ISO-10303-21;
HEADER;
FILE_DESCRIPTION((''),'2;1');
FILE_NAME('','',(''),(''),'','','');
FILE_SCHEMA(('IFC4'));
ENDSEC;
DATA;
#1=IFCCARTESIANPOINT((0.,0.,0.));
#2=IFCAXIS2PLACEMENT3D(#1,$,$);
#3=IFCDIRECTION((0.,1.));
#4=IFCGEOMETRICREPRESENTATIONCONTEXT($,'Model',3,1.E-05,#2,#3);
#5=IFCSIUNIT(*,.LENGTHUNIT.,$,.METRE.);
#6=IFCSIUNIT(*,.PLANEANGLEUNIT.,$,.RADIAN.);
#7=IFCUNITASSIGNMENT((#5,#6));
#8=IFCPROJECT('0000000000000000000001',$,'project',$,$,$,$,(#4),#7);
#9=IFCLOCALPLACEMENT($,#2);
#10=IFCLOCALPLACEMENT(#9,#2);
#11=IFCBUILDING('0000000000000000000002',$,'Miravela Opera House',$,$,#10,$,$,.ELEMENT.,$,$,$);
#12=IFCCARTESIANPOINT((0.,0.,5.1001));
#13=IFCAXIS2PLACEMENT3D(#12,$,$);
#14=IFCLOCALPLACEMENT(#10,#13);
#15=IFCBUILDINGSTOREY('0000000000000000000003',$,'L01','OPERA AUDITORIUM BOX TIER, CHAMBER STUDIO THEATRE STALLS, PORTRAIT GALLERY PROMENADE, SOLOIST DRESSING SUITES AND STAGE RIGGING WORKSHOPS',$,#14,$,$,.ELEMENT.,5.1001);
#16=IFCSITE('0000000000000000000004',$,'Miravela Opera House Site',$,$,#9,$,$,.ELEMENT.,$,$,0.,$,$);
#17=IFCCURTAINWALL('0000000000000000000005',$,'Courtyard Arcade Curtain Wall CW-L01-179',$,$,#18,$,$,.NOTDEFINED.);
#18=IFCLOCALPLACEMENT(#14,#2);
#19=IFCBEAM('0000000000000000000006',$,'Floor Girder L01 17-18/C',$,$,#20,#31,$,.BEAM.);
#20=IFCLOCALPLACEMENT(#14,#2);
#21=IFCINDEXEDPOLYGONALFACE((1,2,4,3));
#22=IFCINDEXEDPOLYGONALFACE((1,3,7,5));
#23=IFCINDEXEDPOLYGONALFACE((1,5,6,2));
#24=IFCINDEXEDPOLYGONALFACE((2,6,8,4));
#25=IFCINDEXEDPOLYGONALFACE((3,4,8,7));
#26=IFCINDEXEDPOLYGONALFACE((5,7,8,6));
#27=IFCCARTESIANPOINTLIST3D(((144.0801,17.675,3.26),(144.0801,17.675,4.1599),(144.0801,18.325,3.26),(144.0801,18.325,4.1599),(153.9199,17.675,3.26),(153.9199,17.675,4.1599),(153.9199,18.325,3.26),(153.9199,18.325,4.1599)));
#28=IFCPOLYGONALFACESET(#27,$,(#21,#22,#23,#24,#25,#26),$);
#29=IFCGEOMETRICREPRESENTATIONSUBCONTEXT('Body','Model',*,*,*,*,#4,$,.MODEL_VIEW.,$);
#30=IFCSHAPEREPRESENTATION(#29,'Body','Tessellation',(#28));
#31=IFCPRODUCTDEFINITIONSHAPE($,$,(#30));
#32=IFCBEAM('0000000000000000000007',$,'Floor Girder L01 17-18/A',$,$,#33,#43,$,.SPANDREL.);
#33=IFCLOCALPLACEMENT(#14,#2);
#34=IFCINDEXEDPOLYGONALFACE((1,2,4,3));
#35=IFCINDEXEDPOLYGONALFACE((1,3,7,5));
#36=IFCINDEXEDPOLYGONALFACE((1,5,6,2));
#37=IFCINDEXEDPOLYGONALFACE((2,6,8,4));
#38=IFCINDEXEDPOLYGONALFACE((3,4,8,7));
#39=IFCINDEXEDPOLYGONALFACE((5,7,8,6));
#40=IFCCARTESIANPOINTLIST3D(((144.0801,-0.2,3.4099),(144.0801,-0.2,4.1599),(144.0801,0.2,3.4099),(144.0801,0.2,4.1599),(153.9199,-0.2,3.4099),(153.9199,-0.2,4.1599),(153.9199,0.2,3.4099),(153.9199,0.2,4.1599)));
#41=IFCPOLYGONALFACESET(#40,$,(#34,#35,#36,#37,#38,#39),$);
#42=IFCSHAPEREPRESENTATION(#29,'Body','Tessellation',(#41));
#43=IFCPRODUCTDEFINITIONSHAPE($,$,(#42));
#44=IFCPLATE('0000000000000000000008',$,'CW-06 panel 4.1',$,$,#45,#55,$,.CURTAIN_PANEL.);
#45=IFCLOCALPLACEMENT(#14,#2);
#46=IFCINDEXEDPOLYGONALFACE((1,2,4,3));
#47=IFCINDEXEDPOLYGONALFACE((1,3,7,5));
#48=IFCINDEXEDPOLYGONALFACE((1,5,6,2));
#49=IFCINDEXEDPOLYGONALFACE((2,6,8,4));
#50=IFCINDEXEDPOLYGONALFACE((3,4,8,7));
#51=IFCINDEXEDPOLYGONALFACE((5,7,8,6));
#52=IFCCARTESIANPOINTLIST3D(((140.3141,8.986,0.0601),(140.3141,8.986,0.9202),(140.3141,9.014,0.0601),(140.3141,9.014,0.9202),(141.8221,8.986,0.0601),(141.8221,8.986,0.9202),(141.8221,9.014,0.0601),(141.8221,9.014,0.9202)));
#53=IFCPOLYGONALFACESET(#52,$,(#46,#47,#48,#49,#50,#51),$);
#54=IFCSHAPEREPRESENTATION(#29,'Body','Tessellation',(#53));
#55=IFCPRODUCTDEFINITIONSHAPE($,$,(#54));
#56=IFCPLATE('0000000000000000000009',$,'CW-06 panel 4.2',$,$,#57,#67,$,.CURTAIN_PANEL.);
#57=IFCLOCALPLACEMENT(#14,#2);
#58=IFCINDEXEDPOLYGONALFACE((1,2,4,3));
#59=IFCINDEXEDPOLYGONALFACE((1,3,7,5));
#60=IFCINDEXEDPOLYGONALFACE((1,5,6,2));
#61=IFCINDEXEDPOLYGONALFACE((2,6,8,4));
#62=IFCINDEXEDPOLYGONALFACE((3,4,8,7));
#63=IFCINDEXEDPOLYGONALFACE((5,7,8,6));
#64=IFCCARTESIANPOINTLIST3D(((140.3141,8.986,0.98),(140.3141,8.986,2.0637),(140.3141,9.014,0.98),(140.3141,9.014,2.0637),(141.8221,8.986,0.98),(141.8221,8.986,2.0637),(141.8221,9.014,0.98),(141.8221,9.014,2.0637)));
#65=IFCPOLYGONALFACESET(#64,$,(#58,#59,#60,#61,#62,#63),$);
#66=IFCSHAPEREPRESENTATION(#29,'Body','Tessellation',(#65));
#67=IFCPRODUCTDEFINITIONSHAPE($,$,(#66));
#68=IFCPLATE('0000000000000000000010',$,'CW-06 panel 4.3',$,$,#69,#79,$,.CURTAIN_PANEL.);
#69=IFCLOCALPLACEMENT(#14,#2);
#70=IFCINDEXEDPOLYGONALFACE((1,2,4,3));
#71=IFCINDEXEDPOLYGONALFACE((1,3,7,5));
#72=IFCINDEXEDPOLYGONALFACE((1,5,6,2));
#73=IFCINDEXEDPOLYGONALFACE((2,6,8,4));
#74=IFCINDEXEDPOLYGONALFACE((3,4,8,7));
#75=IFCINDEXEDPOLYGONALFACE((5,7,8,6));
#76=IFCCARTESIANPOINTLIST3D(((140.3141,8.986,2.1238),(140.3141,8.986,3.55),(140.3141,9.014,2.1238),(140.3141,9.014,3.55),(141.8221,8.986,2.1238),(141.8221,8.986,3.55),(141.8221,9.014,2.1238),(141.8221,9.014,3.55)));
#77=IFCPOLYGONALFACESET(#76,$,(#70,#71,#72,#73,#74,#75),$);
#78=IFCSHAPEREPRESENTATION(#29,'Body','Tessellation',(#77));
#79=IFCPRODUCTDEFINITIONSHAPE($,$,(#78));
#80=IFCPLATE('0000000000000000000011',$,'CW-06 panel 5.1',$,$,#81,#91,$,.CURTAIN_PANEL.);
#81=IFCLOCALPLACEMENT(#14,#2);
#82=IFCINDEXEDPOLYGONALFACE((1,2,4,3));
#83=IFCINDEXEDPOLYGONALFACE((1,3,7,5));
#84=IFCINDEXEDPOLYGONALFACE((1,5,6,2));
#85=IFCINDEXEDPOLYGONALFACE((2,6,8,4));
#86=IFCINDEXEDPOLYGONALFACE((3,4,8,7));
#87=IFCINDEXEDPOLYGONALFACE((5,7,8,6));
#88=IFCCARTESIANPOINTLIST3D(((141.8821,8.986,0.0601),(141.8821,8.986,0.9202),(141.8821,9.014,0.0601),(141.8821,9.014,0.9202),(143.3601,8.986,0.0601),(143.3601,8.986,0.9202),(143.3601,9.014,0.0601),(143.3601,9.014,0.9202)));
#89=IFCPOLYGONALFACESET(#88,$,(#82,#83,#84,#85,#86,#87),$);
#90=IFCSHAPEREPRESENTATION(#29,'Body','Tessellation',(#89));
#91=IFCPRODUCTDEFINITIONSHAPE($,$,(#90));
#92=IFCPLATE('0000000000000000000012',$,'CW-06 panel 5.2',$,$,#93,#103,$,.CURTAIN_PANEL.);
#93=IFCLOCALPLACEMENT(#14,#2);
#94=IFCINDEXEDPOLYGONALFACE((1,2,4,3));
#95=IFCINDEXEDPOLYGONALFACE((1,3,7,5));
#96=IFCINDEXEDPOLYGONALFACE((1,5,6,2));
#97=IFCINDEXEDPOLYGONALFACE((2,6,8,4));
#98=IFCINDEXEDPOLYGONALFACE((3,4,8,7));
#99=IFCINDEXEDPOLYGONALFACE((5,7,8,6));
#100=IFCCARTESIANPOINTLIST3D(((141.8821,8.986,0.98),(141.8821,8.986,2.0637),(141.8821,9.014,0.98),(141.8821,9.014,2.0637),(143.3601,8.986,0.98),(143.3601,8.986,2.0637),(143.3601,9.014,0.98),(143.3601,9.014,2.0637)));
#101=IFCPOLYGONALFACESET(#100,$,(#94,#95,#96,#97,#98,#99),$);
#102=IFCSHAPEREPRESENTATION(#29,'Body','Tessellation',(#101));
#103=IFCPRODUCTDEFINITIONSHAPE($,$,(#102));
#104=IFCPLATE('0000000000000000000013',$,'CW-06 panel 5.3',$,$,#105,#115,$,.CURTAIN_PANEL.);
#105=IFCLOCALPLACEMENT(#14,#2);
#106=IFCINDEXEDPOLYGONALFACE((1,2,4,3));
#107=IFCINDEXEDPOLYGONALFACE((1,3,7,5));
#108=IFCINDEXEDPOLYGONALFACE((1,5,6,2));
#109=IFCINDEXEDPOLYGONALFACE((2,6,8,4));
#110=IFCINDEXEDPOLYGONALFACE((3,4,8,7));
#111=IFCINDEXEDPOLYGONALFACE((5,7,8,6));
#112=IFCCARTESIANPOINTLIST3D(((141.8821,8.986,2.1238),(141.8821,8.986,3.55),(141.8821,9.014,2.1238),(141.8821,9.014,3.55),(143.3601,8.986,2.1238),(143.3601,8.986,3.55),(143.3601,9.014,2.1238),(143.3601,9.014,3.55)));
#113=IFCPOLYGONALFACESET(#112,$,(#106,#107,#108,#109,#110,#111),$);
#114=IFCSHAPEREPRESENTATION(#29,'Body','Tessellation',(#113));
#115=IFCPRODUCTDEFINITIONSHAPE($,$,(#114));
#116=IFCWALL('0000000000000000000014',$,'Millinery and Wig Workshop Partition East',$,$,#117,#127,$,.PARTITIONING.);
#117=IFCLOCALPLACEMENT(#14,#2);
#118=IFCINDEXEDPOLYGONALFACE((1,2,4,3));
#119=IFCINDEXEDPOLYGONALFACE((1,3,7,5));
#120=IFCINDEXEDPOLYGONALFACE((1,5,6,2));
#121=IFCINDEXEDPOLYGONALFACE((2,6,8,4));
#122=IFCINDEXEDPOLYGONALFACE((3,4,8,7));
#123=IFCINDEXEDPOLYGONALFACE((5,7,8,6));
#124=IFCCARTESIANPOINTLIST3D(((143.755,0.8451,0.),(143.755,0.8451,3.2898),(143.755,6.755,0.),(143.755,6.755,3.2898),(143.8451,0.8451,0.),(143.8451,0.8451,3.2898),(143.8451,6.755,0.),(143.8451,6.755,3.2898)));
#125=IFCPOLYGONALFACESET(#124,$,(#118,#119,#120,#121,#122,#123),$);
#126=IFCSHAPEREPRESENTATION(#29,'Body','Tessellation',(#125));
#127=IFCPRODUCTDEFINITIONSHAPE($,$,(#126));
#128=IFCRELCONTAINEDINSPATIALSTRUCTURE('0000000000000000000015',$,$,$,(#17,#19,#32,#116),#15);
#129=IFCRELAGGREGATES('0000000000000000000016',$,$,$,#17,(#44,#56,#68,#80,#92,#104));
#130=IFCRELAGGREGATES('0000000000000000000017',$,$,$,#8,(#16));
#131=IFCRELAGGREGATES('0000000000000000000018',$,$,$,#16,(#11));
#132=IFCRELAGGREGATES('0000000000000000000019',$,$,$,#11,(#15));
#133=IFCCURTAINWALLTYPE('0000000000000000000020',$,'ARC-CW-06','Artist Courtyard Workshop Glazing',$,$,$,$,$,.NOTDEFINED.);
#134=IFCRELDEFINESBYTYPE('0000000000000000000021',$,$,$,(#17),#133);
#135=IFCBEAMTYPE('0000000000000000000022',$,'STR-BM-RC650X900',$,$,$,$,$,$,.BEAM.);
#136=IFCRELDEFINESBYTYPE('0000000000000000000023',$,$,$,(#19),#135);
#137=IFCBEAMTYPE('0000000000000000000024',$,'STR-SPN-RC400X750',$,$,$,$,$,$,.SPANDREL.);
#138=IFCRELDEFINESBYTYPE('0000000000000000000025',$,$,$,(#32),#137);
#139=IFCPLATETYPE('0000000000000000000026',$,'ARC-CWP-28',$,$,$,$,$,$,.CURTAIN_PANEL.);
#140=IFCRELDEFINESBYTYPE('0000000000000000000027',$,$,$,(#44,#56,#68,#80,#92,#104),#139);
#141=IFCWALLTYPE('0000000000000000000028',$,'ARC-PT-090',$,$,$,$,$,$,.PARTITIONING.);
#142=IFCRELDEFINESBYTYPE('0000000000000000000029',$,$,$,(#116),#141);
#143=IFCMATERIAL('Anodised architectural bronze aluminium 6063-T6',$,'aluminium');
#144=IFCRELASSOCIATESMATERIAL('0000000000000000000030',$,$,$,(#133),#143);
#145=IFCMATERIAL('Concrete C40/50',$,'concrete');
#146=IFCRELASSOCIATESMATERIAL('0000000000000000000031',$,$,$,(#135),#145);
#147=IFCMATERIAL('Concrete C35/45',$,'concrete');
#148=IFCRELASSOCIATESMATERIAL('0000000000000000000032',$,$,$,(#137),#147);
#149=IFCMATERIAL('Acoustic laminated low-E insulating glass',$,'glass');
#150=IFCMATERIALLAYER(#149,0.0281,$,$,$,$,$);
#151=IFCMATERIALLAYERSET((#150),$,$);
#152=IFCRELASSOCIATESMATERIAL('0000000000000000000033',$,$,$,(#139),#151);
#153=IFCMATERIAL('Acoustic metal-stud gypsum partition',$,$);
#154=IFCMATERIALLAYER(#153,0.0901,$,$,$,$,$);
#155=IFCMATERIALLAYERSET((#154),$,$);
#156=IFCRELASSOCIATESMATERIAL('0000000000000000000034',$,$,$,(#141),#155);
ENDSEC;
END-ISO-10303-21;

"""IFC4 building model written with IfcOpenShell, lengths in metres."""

from ifc_helpers import new_model, si_unit, direction, frame, frame_2d, origin, origin_2d, place, context, subcontext, project, spatial, rectangle, extrude, material, layer, layer_set, material_profile, profile_set, type_object, element, aggregate, save


model = new_model("IFC4")

# Units and contexts
model_context = context("Model", 3, precision=1e-05, world=origin(), true_north=direction((0.0, 1.0)))
body_context = subcontext(model_context, "Body", "Model", "MODEL_VIEW")
ifc_project = project(units=[si_unit("LENGTHUNIT", "METRE"), si_unit("PLANEANGLEUNIT", "RADIAN")], contexts=[model_context])

# Site, building, storey
site_placement = place(None, origin())
site = spatial("IfcSite", under=ifc_project, at=site_placement, Name="Miravela Opera House Site", CompositionType="ELEMENT", RefElevation=0.0)
building_placement = place(site_placement, origin())
building = spatial("IfcBuilding", under=site, at=building_placement, Name="Miravela Opera House", CompositionType="ELEMENT")
storey_placement = place(building_placement, frame((0.0, 0.0, 5.1001)))
storey = spatial("IfcBuildingStorey", under=building, at=storey_placement, Name="L01", Description="OPERA AUDITORIUM BOX TIER, CHAMBER STUDIO THEATRE STALLS, PORTRAIT GALLERY PROMENADE, SOLOIST DRESSING SUITES AND STAGE RIGGING WORKSHOPS", CompositionType="ELEMENT", Elevation=5.1001)

# Shared definitions
ifc_material_1 = material(Name="Concrete C35/45", Category="concrete")

# Curtain wall
ifc_material_2 = material(Name="Anodised architectural bronze aluminium 6063-T6", Category="aluminium")
curtain_wall_type = type_object("IfcCurtainWallType", Name="ARC-CW-06", Description="Artist Courtyard Workshop Glazing", PredefinedType="NOTDEFINED", material=ifc_material_2)
curtain_wall_placement = place(storey_placement, origin())
curtain_wall = element("IfcCurtainWall", 1, at=curtain_wall_placement, inside=storey, type_object=curtain_wall_type, Name="Courtyard Arcade Curtain Wall CW-L01-179", PredefinedType="NOTDEFINED")

# Beams
ifc_material_3 = material(Name="Concrete C40/50", Category="concrete")
ifc_material_profile_1 = material_profile(ifc_material_3, rectangle(XDim=0.6499, YDim=0.8999, at=origin_2d()), Name="RC-BM-650X900")
ifc_profile_set_1 = profile_set([ifc_material_profile_1])
beam_type_1 = type_object("IfcBeamType", Name="STR-BM-RC650X900", PredefinedType="BEAM", material=ifc_profile_set_1)
beam_1_placement = place(storey_placement, frame((144.0801, 18.0, 3.71), z_axis=(1.0, 0.0, 0.0), x_axis=(0.0, 1.0, 0.0)))
element("IfcBeam", 2, at=beam_1_placement, inside=storey, type_object=beam_type_1, Name="Floor Girder L01 17-18/C", PredefinedType="BEAM", context=body_context, shape_type="SweptSolid", body=[
    extrude(rectangle(XDim=0.6499, YDim=0.8999, at=origin_2d()), origin(), (0.0, 0.0, 1.0), 9.8398),
])
ifc_material_profile_2 = material_profile(ifc_material_1, rectangle(XDim=0.3999, YDim=0.75, at=origin_2d()), Name="RC-SPN-400X750")
ifc_profile_set_2 = profile_set([ifc_material_profile_2])
beam_type_2 = type_object("IfcBeamType", Name="STR-SPN-RC400X750", PredefinedType="SPANDREL", material=ifc_profile_set_2)
beam_2_placement = place(storey_placement, frame((144.0801, 0.0, 3.7849), z_axis=(1.0, 0.0, 0.0), x_axis=(0.0, 1.0, 0.0)))
element("IfcBeam", 3, at=beam_2_placement, inside=storey, type_object=beam_type_2, Name="Floor Girder L01 17-18/A", PredefinedType="SPANDREL", context=body_context, shape_type="SweptSolid", body=[
    extrude(rectangle(XDim=0.3999, YDim=0.75, at=origin_2d()), origin(), (0.0, 0.0, 1.0), 9.8398),
])

# Plates
ifc_material_4 = material(Name="Acoustic laminated low-E insulating glass", Category="glass")
ifc_layer_1 = layer(ifc_material_4, 0.0281)
ifc_layer_set_1 = layer_set([ifc_layer_1])
plate_type = type_object("IfcPlateType", Name="ARC-CWP-28", PredefinedType="CURTAIN_PANEL", material=ifc_layer_set_1)
plate_1_placement = place(storey_placement, frame((141.0681, 9.0, 0.0601), z_axis=(0.0, 0.0, 1.0), x_axis=(1.0, 0.0, 0.0)))
plate_1 = element("IfcPlate", 4, at=plate_1_placement, type_object=plate_type, Name="CW-06 panel 4.1", PredefinedType="CURTAIN_PANEL", context=body_context, shape_type="SweptSolid", body=[
    extrude(rectangle(XDim=1.5081, YDim=0.0281, at=origin_2d()), origin(), (0.0, 0.0, 1.0), 0.8601),
])
plate_2_placement = place(storey_placement, frame((141.0681, 9.0, 0.98), z_axis=(0.0, 0.0, 1.0), x_axis=(1.0, 0.0, 0.0)))
plate_2 = element("IfcPlate", 5, at=plate_2_placement, type_object=plate_type, Name="CW-06 panel 4.2", PredefinedType="CURTAIN_PANEL", context=body_context, shape_type="SweptSolid", body=[
    extrude(rectangle(XDim=1.5081, YDim=0.0281, at=origin_2d()), origin(), (0.0, 0.0, 1.0), 1.0837),
])
plate_3_placement = place(storey_placement, frame((141.0681, 9.0, 2.1238), z_axis=(0.0, 0.0, 1.0), x_axis=(1.0, 0.0, 0.0)))
plate_3 = element("IfcPlate", 6, at=plate_3_placement, type_object=plate_type, Name="CW-06 panel 4.3", PredefinedType="CURTAIN_PANEL", context=body_context, shape_type="SweptSolid", body=[
    extrude(rectangle(XDim=1.5081, YDim=0.0281, at=origin_2d()), origin(), (0.0, 0.0, 1.0), 1.4263),
])
plate_4_placement = place(storey_placement, frame((142.6211, 9.0, 0.0601), z_axis=(0.0, 0.0, 1.0), x_axis=(1.0, 0.0, 0.0)))
plate_4 = element("IfcPlate", 7, at=plate_4_placement, type_object=plate_type, Name="CW-06 panel 5.1", PredefinedType="CURTAIN_PANEL", context=body_context, shape_type="SweptSolid", body=[
    extrude(rectangle(XDim=1.478, YDim=0.0281, at=origin_2d()), origin(), (0.0, 0.0, 1.0), 0.8601),
])
plate_5_placement = place(storey_placement, frame((142.6211, 9.0, 0.98), z_axis=(0.0, 0.0, 1.0), x_axis=(1.0, 0.0, 0.0)))
plate_5 = element("IfcPlate", 8, at=plate_5_placement, type_object=plate_type, Name="CW-06 panel 5.2", PredefinedType="CURTAIN_PANEL", context=body_context, shape_type="SweptSolid", body=[
    extrude(rectangle(XDim=1.478, YDim=0.0281, at=origin_2d()), origin(), (0.0, 0.0, 1.0), 1.0837),
])
plate_6_placement = place(storey_placement, frame((142.6211, 9.0, 2.1238), z_axis=(0.0, 0.0, 1.0), x_axis=(1.0, 0.0, 0.0)))
plate_6 = element("IfcPlate", 9, at=plate_6_placement, type_object=plate_type, Name="CW-06 panel 5.3", PredefinedType="CURTAIN_PANEL", context=body_context, shape_type="SweptSolid", body=[
    extrude(rectangle(XDim=1.478, YDim=0.0281, at=origin_2d()), origin(), (0.0, 0.0, 1.0), 1.4263),
])
aggregate(curtain_wall, [plate_1, plate_2, plate_3, plate_4, plate_5, plate_6])

# Wall
ifc_material_5 = material(Name="Acoustic metal-stud gypsum partition")
ifc_layer_2 = layer(ifc_material_5, 0.0901)
ifc_layer_set_2 = layer_set([ifc_layer_2])
wall_type = type_object("IfcWallType", Name="ARC-PT-090", PredefinedType="PARTITIONING", material=ifc_layer_set_2)
wall_placement = place(storey_placement, frame((143.8, 0.845, 0.0), z_axis=(0.0, 0.0, 1.0), x_axis=(0.0, 1.0, 0.0)))
element("IfcWall", 10, at=wall_placement, inside=storey, type_object=wall_type, Name="Millinery and Wig Workshop Partition East", PredefinedType="PARTITIONING", context=body_context, shape_type="SweptSolid", body=[
    extrude(rectangle(XDim=5.9099, YDim=0.0901, at=frame_2d((2.9551, 0.0))), origin(), (0.0, 0.0, 1.0), 3.2898),
])

save(model, "model.ifc")
